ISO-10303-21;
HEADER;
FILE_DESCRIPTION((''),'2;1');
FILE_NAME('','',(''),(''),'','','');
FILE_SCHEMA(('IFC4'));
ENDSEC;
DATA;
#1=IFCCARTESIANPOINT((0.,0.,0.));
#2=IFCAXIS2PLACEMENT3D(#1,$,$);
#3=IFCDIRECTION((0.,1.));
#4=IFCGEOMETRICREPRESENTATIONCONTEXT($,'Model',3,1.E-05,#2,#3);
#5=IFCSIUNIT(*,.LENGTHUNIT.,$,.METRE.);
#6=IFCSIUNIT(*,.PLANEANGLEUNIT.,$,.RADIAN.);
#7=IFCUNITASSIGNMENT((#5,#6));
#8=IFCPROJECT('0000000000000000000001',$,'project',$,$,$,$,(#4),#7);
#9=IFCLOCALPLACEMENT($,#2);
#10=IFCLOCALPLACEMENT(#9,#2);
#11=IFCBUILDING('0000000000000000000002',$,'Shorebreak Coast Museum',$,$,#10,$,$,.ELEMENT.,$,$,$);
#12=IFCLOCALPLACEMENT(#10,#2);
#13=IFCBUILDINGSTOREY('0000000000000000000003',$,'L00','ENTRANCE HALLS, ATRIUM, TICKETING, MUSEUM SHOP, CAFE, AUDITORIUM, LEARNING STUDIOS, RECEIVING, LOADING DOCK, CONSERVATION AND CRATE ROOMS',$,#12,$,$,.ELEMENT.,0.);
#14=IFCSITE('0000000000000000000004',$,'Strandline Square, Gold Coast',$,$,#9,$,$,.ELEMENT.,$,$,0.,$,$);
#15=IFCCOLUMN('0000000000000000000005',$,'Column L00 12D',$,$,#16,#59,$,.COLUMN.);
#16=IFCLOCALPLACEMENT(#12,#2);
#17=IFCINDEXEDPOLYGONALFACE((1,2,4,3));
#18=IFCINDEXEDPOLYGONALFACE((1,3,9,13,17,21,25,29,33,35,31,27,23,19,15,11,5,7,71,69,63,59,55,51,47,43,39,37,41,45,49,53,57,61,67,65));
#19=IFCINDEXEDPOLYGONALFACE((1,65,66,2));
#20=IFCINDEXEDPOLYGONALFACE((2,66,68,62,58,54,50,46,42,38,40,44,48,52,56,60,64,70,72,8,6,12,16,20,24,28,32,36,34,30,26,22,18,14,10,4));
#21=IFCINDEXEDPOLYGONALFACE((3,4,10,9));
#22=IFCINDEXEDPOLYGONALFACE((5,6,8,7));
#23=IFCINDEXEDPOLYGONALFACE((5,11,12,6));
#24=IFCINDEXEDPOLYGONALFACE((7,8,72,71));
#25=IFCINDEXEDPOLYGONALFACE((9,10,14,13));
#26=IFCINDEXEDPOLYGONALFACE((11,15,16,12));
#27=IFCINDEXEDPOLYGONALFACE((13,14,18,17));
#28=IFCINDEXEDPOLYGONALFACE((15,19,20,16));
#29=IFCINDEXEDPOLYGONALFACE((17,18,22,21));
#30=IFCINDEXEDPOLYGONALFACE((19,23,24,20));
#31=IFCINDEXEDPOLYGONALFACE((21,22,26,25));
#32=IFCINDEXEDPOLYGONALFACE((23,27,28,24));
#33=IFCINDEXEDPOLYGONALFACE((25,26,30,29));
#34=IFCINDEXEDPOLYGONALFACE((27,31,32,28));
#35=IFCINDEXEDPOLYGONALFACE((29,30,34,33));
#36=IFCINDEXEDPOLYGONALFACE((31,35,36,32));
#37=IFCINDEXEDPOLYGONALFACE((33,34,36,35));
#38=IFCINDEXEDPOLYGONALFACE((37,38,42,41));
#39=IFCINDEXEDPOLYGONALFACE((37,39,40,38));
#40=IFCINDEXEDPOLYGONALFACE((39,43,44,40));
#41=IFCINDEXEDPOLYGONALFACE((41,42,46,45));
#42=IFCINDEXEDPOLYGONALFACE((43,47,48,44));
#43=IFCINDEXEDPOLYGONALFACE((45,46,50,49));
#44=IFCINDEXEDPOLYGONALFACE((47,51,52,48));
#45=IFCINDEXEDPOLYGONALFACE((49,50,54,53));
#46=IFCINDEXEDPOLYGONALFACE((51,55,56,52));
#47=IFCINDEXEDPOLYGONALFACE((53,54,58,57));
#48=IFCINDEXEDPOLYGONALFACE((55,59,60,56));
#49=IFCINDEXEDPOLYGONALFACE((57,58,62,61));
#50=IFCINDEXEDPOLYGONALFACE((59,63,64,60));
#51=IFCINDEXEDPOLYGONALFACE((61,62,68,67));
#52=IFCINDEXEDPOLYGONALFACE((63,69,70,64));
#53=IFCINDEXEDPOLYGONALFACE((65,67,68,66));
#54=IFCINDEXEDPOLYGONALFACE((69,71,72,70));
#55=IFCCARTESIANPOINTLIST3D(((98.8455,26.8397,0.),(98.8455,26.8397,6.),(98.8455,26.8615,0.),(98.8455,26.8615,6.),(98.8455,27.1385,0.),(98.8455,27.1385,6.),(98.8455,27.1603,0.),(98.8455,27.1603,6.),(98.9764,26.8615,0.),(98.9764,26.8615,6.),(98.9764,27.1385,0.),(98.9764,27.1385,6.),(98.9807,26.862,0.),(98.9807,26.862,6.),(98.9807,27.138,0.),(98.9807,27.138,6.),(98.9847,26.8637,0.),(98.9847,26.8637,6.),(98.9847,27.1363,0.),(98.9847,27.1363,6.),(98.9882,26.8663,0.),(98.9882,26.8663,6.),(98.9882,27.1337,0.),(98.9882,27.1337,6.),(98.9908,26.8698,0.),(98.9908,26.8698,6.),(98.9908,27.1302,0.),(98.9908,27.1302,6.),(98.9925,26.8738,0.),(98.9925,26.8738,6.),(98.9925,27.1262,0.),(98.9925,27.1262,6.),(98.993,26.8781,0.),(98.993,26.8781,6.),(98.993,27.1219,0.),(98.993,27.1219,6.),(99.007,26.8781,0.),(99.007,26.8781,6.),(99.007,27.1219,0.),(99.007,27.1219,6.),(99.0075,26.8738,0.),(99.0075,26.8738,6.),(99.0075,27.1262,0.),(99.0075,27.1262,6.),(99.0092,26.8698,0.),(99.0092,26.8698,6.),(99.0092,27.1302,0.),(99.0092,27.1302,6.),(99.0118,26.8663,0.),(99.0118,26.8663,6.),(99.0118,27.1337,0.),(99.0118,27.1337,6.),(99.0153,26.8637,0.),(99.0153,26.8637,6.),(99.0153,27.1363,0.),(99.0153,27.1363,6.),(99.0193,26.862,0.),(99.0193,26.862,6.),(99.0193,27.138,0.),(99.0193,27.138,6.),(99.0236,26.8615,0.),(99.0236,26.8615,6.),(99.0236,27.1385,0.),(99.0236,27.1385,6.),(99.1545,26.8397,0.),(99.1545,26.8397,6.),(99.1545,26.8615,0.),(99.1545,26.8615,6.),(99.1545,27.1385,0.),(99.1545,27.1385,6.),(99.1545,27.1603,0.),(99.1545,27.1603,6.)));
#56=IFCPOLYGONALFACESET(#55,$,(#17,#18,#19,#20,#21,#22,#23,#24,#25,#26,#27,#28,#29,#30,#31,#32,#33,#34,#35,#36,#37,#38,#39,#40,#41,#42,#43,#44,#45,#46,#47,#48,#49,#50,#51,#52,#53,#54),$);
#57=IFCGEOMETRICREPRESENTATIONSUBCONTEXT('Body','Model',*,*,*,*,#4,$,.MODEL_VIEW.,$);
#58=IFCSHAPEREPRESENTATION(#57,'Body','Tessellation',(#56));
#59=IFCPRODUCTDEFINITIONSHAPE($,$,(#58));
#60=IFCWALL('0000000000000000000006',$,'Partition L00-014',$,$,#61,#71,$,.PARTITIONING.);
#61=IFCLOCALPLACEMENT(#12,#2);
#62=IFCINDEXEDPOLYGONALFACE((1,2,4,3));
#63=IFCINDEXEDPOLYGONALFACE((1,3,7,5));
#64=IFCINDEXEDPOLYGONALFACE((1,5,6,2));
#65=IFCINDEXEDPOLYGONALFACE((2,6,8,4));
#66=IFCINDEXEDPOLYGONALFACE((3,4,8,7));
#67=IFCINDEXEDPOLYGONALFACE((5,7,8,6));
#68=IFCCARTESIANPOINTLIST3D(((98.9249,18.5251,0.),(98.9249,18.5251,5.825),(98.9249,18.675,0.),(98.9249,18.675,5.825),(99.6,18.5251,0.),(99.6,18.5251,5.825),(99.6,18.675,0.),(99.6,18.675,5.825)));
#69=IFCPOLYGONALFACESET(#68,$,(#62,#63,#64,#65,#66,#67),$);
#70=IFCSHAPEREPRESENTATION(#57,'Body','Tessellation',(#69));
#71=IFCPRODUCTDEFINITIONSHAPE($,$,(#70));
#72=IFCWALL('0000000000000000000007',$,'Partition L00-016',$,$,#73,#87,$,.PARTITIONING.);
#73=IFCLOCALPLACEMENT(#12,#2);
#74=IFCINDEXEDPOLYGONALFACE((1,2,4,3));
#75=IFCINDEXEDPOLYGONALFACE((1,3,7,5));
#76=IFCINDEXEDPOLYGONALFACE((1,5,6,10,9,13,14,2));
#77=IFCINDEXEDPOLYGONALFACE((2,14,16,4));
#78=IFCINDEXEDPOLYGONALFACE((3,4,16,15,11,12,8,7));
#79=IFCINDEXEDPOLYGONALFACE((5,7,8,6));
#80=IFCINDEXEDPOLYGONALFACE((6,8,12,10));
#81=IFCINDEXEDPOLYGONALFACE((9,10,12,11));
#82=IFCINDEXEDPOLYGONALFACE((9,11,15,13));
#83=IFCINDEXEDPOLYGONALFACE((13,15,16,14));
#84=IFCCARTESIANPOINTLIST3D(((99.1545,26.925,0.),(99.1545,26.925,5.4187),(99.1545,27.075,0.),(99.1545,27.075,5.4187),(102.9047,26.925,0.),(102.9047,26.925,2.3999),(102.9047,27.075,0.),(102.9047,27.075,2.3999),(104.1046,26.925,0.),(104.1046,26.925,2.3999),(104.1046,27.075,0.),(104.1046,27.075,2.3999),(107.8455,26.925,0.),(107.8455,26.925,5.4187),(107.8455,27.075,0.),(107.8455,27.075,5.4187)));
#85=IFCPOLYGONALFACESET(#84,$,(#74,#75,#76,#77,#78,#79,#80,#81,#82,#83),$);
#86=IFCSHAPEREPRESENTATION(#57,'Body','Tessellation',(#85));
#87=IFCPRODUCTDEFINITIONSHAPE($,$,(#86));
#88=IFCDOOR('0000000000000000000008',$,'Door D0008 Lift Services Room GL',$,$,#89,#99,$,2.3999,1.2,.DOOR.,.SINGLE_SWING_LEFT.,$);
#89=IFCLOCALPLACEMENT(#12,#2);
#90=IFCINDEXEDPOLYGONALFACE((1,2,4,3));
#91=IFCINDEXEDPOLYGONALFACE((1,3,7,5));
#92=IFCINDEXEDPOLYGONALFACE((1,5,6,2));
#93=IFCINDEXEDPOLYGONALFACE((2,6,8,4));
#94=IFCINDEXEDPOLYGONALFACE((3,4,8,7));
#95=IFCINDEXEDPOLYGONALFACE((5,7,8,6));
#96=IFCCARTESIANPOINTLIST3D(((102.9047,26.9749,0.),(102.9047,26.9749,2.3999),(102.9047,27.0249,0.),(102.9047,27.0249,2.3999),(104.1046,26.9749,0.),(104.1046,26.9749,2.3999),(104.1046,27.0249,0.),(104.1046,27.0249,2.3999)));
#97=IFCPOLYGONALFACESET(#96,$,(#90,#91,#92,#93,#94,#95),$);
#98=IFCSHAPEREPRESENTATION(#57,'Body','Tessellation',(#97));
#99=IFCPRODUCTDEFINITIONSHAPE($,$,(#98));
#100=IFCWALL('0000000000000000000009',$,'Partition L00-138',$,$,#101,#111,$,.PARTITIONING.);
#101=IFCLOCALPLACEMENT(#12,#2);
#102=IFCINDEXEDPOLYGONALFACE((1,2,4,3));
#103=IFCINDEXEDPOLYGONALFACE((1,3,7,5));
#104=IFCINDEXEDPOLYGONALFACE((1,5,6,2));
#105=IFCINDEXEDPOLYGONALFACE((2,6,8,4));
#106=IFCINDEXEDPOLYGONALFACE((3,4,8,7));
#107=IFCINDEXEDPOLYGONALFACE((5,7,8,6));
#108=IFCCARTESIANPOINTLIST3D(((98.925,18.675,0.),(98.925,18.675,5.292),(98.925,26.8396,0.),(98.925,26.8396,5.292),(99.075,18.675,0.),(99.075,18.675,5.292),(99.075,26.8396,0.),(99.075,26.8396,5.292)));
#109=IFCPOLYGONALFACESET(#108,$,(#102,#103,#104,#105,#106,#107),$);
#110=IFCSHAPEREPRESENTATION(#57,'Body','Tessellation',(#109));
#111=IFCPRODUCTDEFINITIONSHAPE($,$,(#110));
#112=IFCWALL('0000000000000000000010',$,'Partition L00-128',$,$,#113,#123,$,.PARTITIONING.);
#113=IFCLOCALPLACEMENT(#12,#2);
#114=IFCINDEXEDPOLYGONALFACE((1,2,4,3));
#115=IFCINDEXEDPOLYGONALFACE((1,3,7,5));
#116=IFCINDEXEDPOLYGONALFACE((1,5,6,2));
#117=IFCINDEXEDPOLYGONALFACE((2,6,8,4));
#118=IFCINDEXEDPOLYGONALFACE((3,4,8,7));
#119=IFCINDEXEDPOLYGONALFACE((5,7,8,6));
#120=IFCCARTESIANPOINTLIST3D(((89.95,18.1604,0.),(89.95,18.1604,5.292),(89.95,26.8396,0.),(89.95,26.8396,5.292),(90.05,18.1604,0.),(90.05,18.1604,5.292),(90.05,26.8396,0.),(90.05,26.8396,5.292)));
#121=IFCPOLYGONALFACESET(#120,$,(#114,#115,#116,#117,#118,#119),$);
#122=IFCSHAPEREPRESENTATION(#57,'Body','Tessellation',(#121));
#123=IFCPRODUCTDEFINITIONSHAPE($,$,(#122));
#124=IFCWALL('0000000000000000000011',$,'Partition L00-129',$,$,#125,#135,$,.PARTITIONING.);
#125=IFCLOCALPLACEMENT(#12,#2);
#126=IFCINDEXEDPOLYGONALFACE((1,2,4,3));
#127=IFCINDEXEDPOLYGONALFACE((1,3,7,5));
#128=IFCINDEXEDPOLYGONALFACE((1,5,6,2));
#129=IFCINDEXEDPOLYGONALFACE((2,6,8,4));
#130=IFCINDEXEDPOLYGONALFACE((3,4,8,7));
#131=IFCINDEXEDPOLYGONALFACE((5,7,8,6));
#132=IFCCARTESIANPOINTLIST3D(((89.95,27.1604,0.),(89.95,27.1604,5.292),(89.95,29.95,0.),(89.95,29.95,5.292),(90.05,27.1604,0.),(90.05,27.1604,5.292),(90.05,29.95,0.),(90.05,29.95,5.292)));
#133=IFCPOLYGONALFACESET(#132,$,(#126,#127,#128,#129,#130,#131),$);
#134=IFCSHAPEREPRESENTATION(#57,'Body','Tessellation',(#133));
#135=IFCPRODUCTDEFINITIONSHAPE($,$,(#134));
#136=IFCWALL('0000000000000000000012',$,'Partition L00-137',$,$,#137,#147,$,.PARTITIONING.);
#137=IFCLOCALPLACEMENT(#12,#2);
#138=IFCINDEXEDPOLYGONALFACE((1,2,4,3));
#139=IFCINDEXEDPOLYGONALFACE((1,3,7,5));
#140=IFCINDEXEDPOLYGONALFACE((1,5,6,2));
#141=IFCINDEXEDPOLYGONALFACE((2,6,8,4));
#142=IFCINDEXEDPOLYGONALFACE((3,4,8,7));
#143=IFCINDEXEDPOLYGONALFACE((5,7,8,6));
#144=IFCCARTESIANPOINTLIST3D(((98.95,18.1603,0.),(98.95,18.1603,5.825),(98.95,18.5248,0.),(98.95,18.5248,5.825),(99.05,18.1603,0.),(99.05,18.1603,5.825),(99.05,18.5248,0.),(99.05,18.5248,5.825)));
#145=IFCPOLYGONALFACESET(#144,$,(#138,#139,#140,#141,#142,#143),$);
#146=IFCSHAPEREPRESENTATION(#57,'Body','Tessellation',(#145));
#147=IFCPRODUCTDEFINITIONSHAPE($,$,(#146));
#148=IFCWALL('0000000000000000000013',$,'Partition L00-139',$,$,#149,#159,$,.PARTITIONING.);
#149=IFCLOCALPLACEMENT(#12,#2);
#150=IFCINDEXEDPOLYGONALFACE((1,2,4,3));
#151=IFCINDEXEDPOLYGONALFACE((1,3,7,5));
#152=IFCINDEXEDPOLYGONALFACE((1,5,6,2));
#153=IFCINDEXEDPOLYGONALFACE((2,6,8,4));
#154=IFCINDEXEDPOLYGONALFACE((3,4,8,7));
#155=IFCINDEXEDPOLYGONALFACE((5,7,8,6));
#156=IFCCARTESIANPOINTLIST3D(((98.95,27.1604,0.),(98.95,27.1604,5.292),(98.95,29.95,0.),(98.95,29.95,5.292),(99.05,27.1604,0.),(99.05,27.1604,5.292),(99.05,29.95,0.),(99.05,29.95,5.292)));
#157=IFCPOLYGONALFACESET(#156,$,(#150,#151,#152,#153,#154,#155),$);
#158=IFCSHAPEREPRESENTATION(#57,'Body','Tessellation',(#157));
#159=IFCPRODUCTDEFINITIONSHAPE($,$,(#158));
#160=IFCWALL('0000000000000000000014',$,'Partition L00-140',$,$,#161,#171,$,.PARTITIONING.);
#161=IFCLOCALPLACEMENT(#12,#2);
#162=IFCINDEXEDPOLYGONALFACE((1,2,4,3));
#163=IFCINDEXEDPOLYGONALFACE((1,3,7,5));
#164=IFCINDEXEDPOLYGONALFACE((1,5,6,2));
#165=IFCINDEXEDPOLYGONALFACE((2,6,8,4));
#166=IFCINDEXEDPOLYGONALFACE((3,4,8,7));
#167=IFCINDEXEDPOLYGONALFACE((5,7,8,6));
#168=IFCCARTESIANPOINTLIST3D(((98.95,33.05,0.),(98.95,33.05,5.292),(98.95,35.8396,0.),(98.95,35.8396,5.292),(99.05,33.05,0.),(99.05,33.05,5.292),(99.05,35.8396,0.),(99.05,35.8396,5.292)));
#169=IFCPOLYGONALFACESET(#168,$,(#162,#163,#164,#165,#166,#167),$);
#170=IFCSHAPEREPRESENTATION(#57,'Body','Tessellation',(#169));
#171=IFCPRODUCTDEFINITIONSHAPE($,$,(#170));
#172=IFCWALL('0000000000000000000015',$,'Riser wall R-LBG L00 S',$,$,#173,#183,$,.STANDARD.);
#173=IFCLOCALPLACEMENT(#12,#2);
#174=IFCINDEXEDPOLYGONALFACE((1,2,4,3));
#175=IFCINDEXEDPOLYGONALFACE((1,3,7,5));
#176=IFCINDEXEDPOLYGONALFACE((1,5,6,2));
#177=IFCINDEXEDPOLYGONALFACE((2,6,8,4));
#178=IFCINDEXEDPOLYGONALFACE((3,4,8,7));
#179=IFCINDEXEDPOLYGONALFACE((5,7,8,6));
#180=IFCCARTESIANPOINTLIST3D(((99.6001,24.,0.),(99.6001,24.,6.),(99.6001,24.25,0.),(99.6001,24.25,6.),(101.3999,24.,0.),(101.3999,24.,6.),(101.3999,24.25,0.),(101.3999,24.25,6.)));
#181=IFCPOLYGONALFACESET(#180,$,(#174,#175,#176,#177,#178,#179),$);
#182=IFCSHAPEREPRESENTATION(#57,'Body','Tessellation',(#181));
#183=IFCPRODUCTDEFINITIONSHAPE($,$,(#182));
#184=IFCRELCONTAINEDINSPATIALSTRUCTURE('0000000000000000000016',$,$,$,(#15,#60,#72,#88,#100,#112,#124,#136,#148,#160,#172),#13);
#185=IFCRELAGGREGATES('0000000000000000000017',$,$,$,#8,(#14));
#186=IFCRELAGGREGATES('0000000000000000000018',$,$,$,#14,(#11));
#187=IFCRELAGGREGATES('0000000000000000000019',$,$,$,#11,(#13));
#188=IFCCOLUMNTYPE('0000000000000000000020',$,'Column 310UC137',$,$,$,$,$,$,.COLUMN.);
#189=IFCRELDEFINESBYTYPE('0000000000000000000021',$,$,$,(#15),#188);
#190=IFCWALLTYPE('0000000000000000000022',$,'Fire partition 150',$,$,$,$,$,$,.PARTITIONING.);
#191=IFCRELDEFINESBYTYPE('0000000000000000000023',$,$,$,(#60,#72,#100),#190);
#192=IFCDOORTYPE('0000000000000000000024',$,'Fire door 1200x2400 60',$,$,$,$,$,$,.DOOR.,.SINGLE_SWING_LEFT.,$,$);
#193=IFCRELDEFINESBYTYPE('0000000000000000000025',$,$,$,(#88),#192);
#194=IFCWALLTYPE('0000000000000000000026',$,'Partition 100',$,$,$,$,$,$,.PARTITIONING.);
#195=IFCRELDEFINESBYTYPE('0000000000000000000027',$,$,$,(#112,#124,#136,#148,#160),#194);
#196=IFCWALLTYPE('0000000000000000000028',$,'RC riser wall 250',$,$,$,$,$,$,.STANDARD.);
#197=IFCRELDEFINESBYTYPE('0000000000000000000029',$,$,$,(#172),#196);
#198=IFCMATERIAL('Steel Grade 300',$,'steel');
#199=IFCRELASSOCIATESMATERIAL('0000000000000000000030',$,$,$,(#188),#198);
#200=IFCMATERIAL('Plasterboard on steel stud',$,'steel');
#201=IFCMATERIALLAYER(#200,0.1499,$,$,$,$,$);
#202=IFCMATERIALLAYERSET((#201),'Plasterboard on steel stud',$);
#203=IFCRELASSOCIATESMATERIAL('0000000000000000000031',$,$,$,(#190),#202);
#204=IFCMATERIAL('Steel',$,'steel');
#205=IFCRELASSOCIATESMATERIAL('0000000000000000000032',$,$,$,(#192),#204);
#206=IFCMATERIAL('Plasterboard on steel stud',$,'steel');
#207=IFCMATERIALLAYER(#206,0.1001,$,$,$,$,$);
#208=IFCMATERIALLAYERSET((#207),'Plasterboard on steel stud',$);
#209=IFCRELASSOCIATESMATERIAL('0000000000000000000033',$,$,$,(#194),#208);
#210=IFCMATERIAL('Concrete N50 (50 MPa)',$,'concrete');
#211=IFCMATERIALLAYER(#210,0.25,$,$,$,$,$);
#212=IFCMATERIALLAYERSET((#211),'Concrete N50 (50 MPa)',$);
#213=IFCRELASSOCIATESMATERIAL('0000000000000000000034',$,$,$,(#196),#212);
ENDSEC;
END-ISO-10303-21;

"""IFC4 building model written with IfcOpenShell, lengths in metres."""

from ifc_helpers import new_model, si_unit, direction, frame, frame_2d, origin, origin_2d, place, context, subcontext, project, spatial, rectangle, i_section, extrude, material, layer, layer_set, material_profile, profile_set, type_object, element, fill, save


model = new_model("IFC4")

# Units and contexts
model_context = context("Model", 3, precision=1e-05, world=origin(), true_north=direction((0.0, 1.0)))
body_context = subcontext(model_context, "Body", "Model", "MODEL_VIEW")
ifc_project = project(units=[si_unit("LENGTHUNIT", "METRE"), si_unit("PLANEANGLEUNIT", "RADIAN")], contexts=[model_context])

# Site, building, storey
site_placement = place(None, origin())
site = spatial("IfcSite", under=ifc_project, at=site_placement, Name="Strandline Square, Gold Coast", CompositionType="ELEMENT", RefElevation=0.0)
building_placement = place(site_placement, origin())
building = spatial("IfcBuilding", under=site, at=building_placement, Name="Shorebreak Coast Museum", CompositionType="ELEMENT")
storey_placement = place(building_placement, origin())
storey = spatial("IfcBuildingStorey", under=building, at=storey_placement, Name="L00", Description="ENTRANCE HALLS, ATRIUM, TICKETING, MUSEUM SHOP, CAFE, AUDITORIUM, LEARNING STUDIOS, RECEIVING, LOADING DOCK, CONSERVATION AND CRATE ROOMS", CompositionType="ELEMENT", Elevation=0.0)

# Column
ifc_material_1 = material(Name="Steel Grade 300", Category="steel")
ifc_material_profile_1 = material_profile(ifc_material_1, i_section(OverallWidth=0.3091, OverallDepth=0.3206, WebThickness=0.0139, FlangeThickness=0.0217, FilletRadius=0.0166, at=origin_2d()), Name="310UC137")
ifc_profile_set_1 = profile_set([ifc_material_profile_1], Name="Steel Grade 300")
column_type = type_object("IfcColumnType", Name="Column 310UC137", PredefinedType="COLUMN", material=ifc_profile_set_1)
for number, where, z_axis, x_axis, name in (
    (1, (99.0, 27.0, 0.0), (0.0, 0.0, 1.0), (1.0, 0.0, 0.0), "Column L00 12D"),
):
    element("IfcColumn", number, at=place(storey_placement, frame(where, z_axis=z_axis, x_axis=x_axis)), inside=storey, type_object=column_type, Name=name, PredefinedType="COLUMN", context=body_context, shape_type="SweptSolid", body=[
        extrude(i_section(OverallWidth=0.3091, OverallDepth=0.3206, WebThickness=0.0139, FlangeThickness=0.0217, FilletRadius=0.0166, at=origin_2d()), origin(), (0.0, 0.0, 1.0), 6.0),
    ])

# Wall
ifc_material_2 = material(Name="Plasterboard on steel stud", Category="steel")
ifc_layer_1 = layer(ifc_material_2, 0.1499)
ifc_layer_set_1 = layer_set([ifc_layer_1], Name="Plasterboard on steel stud")
wall_type_1 = type_object("IfcWallType", Name="Fire partition 150", PredefinedType="PARTITIONING", material=ifc_layer_set_1)
wall_1_placement = place(storey_placement, frame((98.925, 18.6001, 0.0), z_axis=(0.0, 0.0, 1.0), x_axis=(1.0, 0.0, 0.0)))
element("IfcWall", 2, at=wall_1_placement, inside=storey, type_object=wall_type_1, Name="Partition L00-014", PredefinedType="PARTITIONING", context=body_context, shape_type="SweptSolid", body=[
    extrude(rectangle(XDim=0.675, YDim=0.1499, at=frame_2d((0.3374, 0.0))), origin(), (0.0, 0.0, 1.0), 5.825),
])

# Wall, opening, door
wall_2_placement = place(storey_placement, frame((99.1545, 27.0, 0.0), z_axis=(0.0, 0.0, 1.0), x_axis=(1.0, 0.0, 0.0)))
wall_2 = element("IfcWall", 3, at=wall_2_placement, inside=storey, type_object=wall_type_1, Name="Partition L00-016", PredefinedType="PARTITIONING", context=body_context, shape_type="SweptSolid", body=[
    extrude(rectangle(XDim=8.6909, YDim=0.1499, at=frame_2d((4.3455, 0.0))), origin(), (0.0, 0.0, 1.0), 5.4187),
])
opening_placement = place(wall_2_placement, frame((3.75, 0.0, 0.0)))
opening = element("IfcOpeningElement", 4, at=opening_placement, cuts=wall_2, PredefinedType="OPENING", context=body_context, shape_type="SweptSolid", body=[
    extrude(rectangle(XDim=1.2, YDim=2.3999, at=frame_2d((0.6001, 1.2))), frame((0.0, 0.085, 0.0), z_axis=(0.0, -1.0, 0.0), x_axis=(1.0, 0.0, 0.0)), (0.0, 0.0, 1.0), 0.1699),
])
ifc_material_3 = material(Name="Steel", Category="steel")
door_type = type_object("IfcDoorType", Name="Fire door 1200x2400 60", OperationType="SINGLE_SWING_LEFT", PredefinedType="DOOR", material=ifc_material_3)
door_placement = place(opening_placement, origin())
door = element("IfcDoor", 5, at=door_placement, inside=storey, type_object=door_type, Name="Door D0008 Lift Services Room GL", OperationType="SINGLE_SWING_LEFT", OverallHeight=2.3999, OverallWidth=1.2, PredefinedType="DOOR", context=body_context, shape_type="SweptSolid", body=[
    extrude(rectangle(XDim=1.2, YDim=2.3999, at=frame_2d((0.6001, 1.2))), frame((0.0, 0.0249, 0.0), z_axis=(0.0, -1.0, 0.0), x_axis=(1.0, 0.0, 0.0)), (0.0, 0.0, 1.0), 0.05),
])
fill(opening, door)

# Walls
wall_3_placement = place(storey_placement, frame((99.0, 18.675, 0.0), z_axis=(0.0, 0.0, 1.0), x_axis=(0.0, 1.0, 0.0)))
element("IfcWall", 6, at=wall_3_placement, inside=storey, type_object=wall_type_1, Name="Partition L00-138", PredefinedType="PARTITIONING", context=body_context, shape_type="SweptSolid", body=[
    extrude(rectangle(XDim=8.1646, YDim=0.1499, at=frame_2d((4.0823, 0.0))), origin(), (0.0, 0.0, 1.0), 5.292),
])
ifc_material_4 = material(Name="Plasterboard on steel stud", Category="steel")
ifc_layer_2 = layer(ifc_material_4, 0.1001)
ifc_layer_set_2 = layer_set([ifc_layer_2], Name="Plasterboard on steel stud")
wall_type_2 = type_object("IfcWallType", Name="Partition 100", PredefinedType="PARTITIONING", material=ifc_layer_set_2)
wall_4_placement = place(storey_placement, frame((90.0, 18.1604, 0.0), z_axis=(0.0, 0.0, 1.0), x_axis=(0.0, 1.0, 0.0)))
element("IfcWall", 7, at=wall_4_placement, inside=storey, type_object=wall_type_2, Name="Partition L00-128", PredefinedType="PARTITIONING", context=body_context, shape_type="SweptSolid", body=[
    extrude(rectangle(XDim=8.6792, YDim=0.1001, at=frame_2d((4.3396, 0.0))), origin(), (0.0, 0.0, 1.0), 5.292),
])
wall_5_placement = place(storey_placement, frame((90.0, 27.1604, 0.0), z_axis=(0.0, 0.0, 1.0), x_axis=(0.0, 1.0, 0.0)))
element("IfcWall", 8, at=wall_5_placement, inside=storey, type_object=wall_type_2, Name="Partition L00-129", PredefinedType="PARTITIONING", context=body_context, shape_type="SweptSolid", body=[
    extrude(rectangle(XDim=2.7896, YDim=0.1001, at=frame_2d((1.3948, 0.0))), origin(), (0.0, 0.0, 1.0), 5.292),
])
wall_6_placement = place(storey_placement, frame((99.0, 18.1604, 0.0), z_axis=(0.0, 0.0, 1.0), x_axis=(0.0, 1.0, 0.0)))
element("IfcWall", 9, at=wall_6_placement, inside=storey, type_object=wall_type_2, Name="Partition L00-137", PredefinedType="PARTITIONING", context=body_context, shape_type="SweptSolid", body=[
    extrude(rectangle(XDim=0.3645, YDim=0.1001, at=frame_2d((0.1821, 0.0))), origin(), (0.0, 0.0, 1.0), 5.825),
])
for number, where, z_axis, x_axis, name in (
    (10, (99.0, 27.1604, 0.0), (0.0, 0.0, 1.0), (0.0, 1.0, 0.0), "Partition L00-139"),
    (11, (99.0, 33.05, 0.0), (0.0, 0.0, 1.0), (0.0, 1.0, 0.0), "Partition L00-140"),
):
    element("IfcWall", number, at=place(storey_placement, frame(where, z_axis=z_axis, x_axis=x_axis)), inside=storey, type_object=wall_type_2, Name=name, PredefinedType="PARTITIONING", context=body_context, shape_type="SweptSolid", body=[
        extrude(rectangle(XDim=2.7896, YDim=0.1001, at=frame_2d((1.3948, 0.0))), origin(), (0.0, 0.0, 1.0), 5.292),
    ])
ifc_material_5 = material(Name="Concrete N50 (50 MPa)", Category="concrete")
ifc_layer_3 = layer(ifc_material_5, 0.25)
ifc_layer_set_3 = layer_set([ifc_layer_3], Name="Concrete N50 (50 MPa)")
wall_type_3 = type_object("IfcWallType", Name="RC riser wall 250", PredefinedType="STANDARD", material=ifc_layer_set_3)
for number, where, z_axis, x_axis, name in (
    (12, (99.6001, 24.125, 0.0), (0.0, 0.0, 1.0), (1.0, 0.0, 0.0), "Riser wall R-LBG L00 S"),
):
    element("IfcWall", number, at=place(storey_placement, frame(where, z_axis=z_axis, x_axis=x_axis)), inside=storey, type_object=wall_type_3, Name=name, PredefinedType="STANDARD", context=body_context, shape_type="SweptSolid", body=[
        extrude(rectangle(XDim=1.7998, YDim=0.25, at=frame_2d((0.8999, 0.0))), origin(), (0.0, 0.0, 1.0), 6.0),
    ])

save(model, "model.ifc")
